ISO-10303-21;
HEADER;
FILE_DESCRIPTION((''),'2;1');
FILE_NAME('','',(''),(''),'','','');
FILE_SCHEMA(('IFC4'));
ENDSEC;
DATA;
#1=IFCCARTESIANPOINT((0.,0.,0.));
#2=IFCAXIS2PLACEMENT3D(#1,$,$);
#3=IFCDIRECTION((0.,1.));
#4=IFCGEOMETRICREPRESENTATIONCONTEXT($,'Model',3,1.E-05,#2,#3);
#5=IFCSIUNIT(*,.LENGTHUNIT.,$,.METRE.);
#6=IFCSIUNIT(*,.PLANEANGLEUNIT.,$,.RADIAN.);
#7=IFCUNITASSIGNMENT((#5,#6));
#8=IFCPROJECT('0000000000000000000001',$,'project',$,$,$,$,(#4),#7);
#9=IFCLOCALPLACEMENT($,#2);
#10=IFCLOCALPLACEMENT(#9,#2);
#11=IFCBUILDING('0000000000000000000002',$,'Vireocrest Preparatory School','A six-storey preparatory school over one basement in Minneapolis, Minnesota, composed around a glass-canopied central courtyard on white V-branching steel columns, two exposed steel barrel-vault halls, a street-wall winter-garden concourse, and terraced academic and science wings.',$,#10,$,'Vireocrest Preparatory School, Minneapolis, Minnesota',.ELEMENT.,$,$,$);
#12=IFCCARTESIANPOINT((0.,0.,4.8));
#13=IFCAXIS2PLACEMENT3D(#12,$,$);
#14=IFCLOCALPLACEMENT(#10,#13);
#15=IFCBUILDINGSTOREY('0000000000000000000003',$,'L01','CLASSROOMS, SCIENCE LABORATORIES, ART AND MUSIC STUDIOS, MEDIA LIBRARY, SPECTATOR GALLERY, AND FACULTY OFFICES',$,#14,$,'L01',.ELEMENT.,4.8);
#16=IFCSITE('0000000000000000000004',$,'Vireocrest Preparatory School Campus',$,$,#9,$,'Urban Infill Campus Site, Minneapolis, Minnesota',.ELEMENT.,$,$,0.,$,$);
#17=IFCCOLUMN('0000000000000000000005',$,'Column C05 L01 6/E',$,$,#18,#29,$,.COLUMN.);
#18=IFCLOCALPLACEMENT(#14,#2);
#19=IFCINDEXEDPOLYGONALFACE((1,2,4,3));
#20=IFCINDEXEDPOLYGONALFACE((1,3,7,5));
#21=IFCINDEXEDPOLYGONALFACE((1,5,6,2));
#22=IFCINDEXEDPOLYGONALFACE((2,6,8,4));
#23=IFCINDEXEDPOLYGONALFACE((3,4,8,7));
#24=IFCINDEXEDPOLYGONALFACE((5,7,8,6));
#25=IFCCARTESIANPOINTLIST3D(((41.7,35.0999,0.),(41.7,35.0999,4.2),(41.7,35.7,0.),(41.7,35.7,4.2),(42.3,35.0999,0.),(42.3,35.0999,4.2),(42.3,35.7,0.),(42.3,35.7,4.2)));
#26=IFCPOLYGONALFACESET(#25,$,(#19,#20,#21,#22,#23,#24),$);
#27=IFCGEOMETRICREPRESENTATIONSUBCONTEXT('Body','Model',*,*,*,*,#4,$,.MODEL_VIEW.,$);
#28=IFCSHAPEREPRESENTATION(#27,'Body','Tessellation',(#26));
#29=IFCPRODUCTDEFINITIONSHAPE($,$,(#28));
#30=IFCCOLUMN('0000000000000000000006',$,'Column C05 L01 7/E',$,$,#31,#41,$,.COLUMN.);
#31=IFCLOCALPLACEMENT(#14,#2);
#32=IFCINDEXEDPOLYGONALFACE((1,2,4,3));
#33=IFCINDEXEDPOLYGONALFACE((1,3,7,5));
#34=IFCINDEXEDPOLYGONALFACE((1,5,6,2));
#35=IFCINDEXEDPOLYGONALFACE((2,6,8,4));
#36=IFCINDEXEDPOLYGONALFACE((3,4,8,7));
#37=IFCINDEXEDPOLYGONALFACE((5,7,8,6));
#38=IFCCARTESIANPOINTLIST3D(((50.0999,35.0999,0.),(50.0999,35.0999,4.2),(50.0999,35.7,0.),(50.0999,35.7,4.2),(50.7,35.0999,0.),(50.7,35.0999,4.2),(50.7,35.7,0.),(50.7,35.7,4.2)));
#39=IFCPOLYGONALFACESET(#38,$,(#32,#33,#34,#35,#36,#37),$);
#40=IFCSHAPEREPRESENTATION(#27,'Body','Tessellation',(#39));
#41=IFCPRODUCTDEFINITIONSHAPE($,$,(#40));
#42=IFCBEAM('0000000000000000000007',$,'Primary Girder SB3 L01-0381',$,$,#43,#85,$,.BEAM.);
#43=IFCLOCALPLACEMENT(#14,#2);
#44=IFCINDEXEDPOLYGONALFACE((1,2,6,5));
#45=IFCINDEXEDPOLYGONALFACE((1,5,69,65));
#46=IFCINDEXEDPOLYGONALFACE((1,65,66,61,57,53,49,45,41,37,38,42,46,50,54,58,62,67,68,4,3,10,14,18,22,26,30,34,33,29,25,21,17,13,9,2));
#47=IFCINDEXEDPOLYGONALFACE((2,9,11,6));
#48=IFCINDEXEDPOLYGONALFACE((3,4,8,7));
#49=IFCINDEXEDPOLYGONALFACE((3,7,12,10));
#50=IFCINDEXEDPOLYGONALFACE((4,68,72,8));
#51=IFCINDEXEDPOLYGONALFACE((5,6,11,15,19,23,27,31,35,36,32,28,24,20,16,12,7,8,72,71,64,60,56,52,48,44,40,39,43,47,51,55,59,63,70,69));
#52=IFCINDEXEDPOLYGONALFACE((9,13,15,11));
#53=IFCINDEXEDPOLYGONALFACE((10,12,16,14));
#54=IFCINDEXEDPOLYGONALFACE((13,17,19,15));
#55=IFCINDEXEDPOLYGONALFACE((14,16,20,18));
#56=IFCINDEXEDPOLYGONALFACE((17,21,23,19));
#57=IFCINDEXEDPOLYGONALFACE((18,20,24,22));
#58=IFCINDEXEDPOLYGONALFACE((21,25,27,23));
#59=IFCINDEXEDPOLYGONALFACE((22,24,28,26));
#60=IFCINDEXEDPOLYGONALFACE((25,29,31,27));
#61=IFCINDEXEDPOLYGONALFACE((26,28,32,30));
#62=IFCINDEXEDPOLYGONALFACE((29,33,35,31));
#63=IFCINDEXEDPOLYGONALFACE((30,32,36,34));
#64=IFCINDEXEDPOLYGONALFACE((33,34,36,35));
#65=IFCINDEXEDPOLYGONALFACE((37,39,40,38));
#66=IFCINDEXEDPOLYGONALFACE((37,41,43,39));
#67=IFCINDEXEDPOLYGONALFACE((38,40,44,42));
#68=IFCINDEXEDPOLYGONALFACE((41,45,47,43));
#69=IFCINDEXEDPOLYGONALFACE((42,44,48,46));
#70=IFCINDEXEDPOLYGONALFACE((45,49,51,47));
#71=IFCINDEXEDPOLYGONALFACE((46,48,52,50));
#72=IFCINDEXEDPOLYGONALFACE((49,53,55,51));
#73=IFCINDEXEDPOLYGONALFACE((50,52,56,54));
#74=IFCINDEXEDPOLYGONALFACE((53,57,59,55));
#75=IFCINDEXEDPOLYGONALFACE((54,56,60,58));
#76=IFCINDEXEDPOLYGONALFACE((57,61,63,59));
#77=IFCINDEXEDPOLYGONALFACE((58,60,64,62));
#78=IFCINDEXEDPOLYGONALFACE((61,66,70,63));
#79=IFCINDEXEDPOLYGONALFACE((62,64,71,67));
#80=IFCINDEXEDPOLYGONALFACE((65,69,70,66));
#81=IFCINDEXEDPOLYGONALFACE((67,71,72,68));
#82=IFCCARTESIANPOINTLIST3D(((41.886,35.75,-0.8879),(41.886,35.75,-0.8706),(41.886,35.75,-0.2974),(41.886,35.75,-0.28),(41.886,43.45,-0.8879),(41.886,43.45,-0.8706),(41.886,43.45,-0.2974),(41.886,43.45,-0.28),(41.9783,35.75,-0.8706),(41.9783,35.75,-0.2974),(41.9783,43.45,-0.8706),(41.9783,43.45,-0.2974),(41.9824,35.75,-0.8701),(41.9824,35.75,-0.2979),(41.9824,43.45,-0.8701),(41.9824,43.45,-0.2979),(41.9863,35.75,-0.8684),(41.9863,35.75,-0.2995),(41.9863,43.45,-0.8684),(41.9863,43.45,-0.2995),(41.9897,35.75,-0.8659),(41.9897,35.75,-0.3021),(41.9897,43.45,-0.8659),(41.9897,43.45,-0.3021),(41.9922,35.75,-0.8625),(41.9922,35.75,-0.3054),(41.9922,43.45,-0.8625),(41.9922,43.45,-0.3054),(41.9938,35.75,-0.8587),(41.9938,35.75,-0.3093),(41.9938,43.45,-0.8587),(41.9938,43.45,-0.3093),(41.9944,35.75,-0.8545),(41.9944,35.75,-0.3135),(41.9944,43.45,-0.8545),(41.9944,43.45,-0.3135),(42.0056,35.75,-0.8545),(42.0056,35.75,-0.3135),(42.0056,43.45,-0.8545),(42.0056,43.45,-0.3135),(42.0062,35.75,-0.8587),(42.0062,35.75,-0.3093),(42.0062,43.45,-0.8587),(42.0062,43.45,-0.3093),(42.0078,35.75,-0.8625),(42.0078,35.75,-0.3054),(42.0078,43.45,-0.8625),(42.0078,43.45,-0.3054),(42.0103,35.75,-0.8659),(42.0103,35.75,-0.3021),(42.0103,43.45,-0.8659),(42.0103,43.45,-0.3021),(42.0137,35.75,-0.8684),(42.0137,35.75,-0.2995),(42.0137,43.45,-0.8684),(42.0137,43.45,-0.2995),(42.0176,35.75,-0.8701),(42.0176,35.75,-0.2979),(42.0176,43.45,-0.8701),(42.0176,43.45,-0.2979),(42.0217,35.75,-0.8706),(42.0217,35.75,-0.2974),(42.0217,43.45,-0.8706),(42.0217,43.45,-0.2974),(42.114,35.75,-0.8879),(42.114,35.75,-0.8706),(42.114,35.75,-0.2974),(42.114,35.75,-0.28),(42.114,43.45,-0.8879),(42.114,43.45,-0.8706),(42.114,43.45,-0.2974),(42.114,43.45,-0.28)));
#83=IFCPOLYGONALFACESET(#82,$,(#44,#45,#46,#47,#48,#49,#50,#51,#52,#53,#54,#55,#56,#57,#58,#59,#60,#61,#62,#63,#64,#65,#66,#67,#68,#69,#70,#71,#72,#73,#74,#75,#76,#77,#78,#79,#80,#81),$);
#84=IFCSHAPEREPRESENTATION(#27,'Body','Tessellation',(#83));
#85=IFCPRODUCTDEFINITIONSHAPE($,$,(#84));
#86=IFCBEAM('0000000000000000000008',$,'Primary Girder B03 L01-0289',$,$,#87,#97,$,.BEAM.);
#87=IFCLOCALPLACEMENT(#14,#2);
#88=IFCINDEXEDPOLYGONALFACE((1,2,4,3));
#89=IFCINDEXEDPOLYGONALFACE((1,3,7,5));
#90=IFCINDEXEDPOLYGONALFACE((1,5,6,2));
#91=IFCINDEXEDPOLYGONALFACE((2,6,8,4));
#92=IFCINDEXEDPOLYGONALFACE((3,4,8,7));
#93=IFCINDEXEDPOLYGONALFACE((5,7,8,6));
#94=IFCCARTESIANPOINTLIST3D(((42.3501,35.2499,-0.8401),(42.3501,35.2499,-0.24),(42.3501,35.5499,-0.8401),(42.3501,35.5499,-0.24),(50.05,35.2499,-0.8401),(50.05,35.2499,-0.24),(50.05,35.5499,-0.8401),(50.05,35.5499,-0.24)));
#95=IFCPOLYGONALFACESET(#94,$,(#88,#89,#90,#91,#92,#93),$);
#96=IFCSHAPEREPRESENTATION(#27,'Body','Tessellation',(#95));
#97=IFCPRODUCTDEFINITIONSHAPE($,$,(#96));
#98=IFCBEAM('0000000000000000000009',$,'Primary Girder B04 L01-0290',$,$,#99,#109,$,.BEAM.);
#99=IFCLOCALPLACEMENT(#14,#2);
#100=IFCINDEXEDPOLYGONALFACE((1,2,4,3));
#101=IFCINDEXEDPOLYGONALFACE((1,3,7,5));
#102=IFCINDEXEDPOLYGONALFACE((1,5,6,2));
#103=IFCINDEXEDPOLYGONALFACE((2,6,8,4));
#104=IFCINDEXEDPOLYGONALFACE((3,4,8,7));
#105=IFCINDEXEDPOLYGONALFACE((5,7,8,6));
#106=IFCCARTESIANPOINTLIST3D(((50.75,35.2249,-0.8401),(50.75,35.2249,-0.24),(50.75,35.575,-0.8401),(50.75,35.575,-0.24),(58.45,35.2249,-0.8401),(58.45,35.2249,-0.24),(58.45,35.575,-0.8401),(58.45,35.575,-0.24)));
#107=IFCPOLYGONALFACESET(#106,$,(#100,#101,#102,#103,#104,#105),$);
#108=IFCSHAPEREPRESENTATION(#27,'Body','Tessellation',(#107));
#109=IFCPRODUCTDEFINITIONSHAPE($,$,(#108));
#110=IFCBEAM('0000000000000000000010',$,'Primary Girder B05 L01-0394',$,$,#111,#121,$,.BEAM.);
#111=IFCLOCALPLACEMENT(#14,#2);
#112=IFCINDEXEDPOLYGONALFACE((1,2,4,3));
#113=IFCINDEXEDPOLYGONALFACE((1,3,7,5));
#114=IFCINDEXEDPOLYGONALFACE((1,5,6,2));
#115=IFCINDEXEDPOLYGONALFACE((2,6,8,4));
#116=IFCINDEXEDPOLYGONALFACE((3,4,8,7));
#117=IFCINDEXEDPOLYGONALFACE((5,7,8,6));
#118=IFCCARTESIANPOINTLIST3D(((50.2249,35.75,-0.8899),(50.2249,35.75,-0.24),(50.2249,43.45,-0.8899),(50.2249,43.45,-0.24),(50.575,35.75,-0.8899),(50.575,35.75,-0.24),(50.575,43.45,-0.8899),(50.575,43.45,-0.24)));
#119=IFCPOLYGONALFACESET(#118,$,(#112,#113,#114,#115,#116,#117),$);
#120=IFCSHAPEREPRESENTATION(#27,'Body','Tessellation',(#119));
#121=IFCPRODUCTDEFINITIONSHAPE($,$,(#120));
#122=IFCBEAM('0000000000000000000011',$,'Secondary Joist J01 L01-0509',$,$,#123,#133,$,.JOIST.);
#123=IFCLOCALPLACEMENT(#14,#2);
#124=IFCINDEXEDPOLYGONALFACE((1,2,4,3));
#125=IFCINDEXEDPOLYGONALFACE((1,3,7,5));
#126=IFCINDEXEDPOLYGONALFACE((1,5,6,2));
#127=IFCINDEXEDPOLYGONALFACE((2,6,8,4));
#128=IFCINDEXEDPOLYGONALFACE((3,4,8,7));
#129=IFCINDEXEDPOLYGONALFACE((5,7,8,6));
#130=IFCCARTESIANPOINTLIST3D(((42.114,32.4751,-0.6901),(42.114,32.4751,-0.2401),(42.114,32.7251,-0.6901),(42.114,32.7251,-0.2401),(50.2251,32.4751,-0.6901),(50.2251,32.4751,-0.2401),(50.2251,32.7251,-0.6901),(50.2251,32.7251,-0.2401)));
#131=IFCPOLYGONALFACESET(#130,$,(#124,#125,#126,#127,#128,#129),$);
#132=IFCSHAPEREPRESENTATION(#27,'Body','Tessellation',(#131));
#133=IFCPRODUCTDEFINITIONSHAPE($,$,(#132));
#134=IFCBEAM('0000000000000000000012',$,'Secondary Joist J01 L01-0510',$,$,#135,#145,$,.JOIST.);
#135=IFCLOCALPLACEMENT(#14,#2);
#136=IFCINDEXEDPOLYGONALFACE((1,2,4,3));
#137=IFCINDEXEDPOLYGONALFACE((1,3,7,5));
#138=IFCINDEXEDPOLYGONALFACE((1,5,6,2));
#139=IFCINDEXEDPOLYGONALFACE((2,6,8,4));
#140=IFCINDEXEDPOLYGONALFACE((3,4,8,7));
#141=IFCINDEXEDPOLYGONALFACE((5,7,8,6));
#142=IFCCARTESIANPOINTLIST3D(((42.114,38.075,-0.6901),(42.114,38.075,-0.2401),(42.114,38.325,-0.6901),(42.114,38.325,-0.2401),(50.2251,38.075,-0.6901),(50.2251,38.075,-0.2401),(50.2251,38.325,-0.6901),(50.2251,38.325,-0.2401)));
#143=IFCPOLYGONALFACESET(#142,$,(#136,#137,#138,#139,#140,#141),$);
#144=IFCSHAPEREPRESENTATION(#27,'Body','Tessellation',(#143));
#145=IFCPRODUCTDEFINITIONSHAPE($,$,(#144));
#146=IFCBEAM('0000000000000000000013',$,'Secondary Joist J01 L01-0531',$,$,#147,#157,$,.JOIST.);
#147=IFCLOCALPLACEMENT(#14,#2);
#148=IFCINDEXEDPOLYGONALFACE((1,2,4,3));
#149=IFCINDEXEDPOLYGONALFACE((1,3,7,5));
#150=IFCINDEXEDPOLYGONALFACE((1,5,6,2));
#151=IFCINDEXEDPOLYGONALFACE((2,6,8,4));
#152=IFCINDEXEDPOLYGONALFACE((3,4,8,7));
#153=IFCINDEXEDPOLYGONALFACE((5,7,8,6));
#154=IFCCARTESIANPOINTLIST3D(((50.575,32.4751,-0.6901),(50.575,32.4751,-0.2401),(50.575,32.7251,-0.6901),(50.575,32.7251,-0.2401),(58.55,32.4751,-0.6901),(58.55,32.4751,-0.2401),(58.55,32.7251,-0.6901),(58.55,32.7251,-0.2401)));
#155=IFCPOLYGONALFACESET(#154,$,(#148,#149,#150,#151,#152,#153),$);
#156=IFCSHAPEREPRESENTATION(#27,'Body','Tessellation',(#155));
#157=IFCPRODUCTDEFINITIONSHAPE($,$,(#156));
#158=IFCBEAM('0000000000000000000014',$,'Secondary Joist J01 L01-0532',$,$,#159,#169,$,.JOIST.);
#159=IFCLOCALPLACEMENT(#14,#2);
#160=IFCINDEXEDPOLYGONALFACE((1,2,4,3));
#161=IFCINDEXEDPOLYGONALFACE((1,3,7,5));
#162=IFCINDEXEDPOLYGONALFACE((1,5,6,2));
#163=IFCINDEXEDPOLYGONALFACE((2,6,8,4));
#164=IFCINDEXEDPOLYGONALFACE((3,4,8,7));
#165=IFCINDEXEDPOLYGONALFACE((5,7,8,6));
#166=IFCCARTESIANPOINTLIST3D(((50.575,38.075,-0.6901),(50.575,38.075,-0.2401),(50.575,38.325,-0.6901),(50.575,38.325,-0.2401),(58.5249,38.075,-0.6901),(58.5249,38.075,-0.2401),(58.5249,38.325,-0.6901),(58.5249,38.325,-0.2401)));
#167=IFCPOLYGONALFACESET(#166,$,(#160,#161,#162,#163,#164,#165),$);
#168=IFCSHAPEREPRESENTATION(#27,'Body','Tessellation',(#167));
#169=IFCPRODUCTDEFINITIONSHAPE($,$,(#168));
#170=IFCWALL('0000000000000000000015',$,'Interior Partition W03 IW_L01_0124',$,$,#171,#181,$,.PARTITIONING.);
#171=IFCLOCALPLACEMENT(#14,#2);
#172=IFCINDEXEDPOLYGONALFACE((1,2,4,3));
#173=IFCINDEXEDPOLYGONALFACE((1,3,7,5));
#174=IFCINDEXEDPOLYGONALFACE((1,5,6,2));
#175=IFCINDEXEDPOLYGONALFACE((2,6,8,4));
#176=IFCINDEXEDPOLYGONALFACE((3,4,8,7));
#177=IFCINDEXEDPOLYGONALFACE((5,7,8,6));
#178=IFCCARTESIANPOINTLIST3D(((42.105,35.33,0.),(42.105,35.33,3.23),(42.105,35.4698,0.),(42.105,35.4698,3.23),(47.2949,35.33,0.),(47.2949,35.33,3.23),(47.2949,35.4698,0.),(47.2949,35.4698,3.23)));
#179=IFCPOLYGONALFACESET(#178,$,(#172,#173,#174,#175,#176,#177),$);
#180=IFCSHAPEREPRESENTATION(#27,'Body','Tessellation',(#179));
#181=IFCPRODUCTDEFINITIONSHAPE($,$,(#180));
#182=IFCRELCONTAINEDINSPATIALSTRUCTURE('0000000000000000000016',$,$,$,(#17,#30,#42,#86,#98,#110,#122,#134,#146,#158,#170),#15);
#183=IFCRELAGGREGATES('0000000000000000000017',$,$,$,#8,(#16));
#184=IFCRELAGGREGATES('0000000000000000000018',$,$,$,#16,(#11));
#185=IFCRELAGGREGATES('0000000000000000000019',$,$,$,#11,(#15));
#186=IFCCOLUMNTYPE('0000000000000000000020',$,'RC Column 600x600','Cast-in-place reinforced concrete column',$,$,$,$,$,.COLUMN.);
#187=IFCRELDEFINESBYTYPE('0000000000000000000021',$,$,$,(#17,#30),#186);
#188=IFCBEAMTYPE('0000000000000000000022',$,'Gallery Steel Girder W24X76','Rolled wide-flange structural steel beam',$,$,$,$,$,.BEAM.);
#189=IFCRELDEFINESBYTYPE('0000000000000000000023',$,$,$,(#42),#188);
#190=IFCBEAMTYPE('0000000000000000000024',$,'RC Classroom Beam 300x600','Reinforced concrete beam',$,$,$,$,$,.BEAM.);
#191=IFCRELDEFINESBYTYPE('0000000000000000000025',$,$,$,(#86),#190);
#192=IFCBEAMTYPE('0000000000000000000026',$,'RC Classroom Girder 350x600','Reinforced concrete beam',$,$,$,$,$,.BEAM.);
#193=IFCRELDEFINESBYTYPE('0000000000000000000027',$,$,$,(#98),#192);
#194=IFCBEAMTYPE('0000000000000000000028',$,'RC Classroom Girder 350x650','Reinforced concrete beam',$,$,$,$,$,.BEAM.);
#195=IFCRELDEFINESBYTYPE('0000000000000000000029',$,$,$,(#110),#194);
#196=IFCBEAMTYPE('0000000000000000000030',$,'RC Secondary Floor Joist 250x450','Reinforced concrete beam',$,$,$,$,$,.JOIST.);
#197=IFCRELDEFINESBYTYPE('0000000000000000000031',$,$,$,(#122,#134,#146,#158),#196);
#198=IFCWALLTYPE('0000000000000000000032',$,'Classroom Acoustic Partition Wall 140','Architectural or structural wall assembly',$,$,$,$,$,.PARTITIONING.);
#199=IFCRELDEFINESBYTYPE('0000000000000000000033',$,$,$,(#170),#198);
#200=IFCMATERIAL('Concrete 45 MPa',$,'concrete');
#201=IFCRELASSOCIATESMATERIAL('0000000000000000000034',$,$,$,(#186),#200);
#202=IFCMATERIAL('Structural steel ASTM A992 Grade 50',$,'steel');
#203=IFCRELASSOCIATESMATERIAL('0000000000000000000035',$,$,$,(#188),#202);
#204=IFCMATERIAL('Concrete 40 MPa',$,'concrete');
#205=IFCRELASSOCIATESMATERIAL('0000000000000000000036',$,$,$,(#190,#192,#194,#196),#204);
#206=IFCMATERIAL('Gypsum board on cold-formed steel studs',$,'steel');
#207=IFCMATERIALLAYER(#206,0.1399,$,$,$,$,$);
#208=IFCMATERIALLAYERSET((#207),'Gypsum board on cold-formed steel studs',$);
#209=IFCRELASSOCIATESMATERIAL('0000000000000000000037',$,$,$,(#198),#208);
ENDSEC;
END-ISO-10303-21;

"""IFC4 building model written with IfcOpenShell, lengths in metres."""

from ifc_helpers import new_model, si_unit, direction, frame, frame_2d, origin, origin_2d, place, context, subcontext, project, spatial, rectangle, i_section, extrude, material, layer, layer_set, material_profile, profile_set, type_object, element, save


model = new_model("IFC4")

# Units and contexts
model_context = context("Model", 3, precision=1e-05, world=origin(), true_north=direction((0.0, 1.0)))
body_context = subcontext(model_context, "Body", "Model", "MODEL_VIEW")
ifc_project = project(units=[si_unit("LENGTHUNIT", "METRE"), si_unit("PLANEANGLEUNIT", "RADIAN")], contexts=[model_context])

# Site, building, storey
site_placement = place(None, origin())
site = spatial("IfcSite", under=ifc_project, at=site_placement, Name="Vireocrest Preparatory School Campus", LongName="Urban Infill Campus Site, Minneapolis, Minnesota", CompositionType="ELEMENT", RefElevation=0.0)
building_placement = place(site_placement, origin())
building = spatial("IfcBuilding", under=site, at=building_placement, Name="Vireocrest Preparatory School", Description="A six-storey preparatory school over one basement in Minneapolis, Minnesota, composed around a glass-canopied central courtyard on white V-branching steel columns, two exposed steel barrel-vault halls, a street-wall winter-garden concourse, and terraced academic and science wings.", LongName="Vireocrest Preparatory School, Minneapolis, Minnesota", CompositionType="ELEMENT")
storey_placement = place(building_placement, frame((0.0, 0.0, 4.8)))
storey = spatial("IfcBuildingStorey", under=building, at=storey_placement, Name="L01", Description="CLASSROOMS, SCIENCE LABORATORIES, ART AND MUSIC STUDIOS, MEDIA LIBRARY, SPECTATOR GALLERY, AND FACULTY OFFICES", LongName="L01", CompositionType="ELEMENT", Elevation=4.8)

# Columns
ifc_material_1 = material(Name="Concrete 45 MPa", Category="concrete")
ifc_material_profile_1 = material_profile(ifc_material_1, rectangle(XDim=0.6001, YDim=0.6001, at=origin_2d()), Name="RC 600x600")
ifc_profile_set_1 = profile_set([ifc_material_profile_1], Name="Concrete 45 MPa")
column_type = type_object("IfcColumnType", Name="RC Column 600x600", Description="Cast-in-place reinforced concrete column", PredefinedType="COLUMN", material=ifc_profile_set_1)
for number, where, z_axis, x_axis, name in (
    (1, (42.0, 35.3999, 0.0), (0.0, 0.0, 1.0), (1.0, 0.0, 0.0), "Column C05 L01 6/E"),
    (2, (50.3999, 35.3999, 0.0), (0.0, 0.0, 1.0), (1.0, 0.0, 0.0), "Column C05 L01 7/E"),
):
    element("IfcColumn", number, at=place(storey_placement, frame(where, z_axis=z_axis, x_axis=x_axis)), inside=storey, type_object=column_type, Name=name, PredefinedType="COLUMN", context=body_context, shape_type="SweptSolid", body=[
        extrude(rectangle(XDim=0.6001, YDim=0.6001, at=origin_2d()), origin(), (0.0, 0.0, 1.0), 4.2),
    ])

# Beams
ifc_material_2 = material(Name="Structural steel ASTM A992 Grade 50", Category="steel")
ifc_material_profile_2 = material_profile(ifc_material_2, i_section(OverallWidth=0.228, OverallDepth=0.6079, WebThickness=0.0112, FlangeThickness=0.0173, FilletRadius=0.0161, at=origin_2d()), Name="W24X76")
ifc_profile_set_2 = profile_set([ifc_material_profile_2], Name="Structural steel ASTM A992 Grade 50")
beam_type_1 = type_object("IfcBeamType", Name="Gallery Steel Girder W24X76", Description="Rolled wide-flange structural steel beam", PredefinedType="BEAM", material=ifc_profile_set_2)
beam_1_placement = place(storey_placement, frame((42.0, 35.75, -0.584), z_axis=(0.0, 1.0, 0.0), x_axis=(-1.0, 0.0, 0.0)))
element("IfcBeam", 3, at=beam_1_placement, inside=storey, type_object=beam_type_1, Name="Primary Girder SB3 L01-0381", PredefinedType="BEAM", context=body_context, shape_type="SweptSolid", body=[
    extrude(i_section(OverallWidth=0.228, OverallDepth=0.6079, WebThickness=0.0112, FlangeThickness=0.0173, FilletRadius=0.0161, at=origin_2d()), origin(), (0.0, 0.0, 1.0), 7.7),
])
ifc_material_3 = material(Name="Concrete 40 MPa", Category="concrete")
ifc_material_profile_3 = material_profile(ifc_material_3, rectangle(XDim=0.3, YDim=0.6001, at=origin_2d()), Name="RC 300x600")
ifc_profile_set_3 = profile_set([ifc_material_profile_3], Name="Concrete 40 MPa")
beam_type_2 = type_object("IfcBeamType", Name="RC Classroom Beam 300x600", Description="Reinforced concrete beam", PredefinedType="BEAM", material=ifc_profile_set_3)
beam_2_placement = place(storey_placement, frame((42.3501, 35.3999, -0.54), z_axis=(1.0, 0.0, 0.0), x_axis=(0.0, 1.0, 0.0)))
element("IfcBeam", 4, at=beam_2_placement, inside=storey, type_object=beam_type_2, Name="Primary Girder B03 L01-0289", PredefinedType="BEAM", context=body_context, shape_type="SweptSolid", body=[
    extrude(rectangle(XDim=0.3, YDim=0.6001, at=origin_2d()), origin(), (0.0, 0.0, 1.0), 7.7),
])
ifc_material_profile_4 = material_profile(ifc_material_3, rectangle(XDim=0.3501, YDim=0.6001, at=origin_2d()), Name="RC 350x600")
ifc_profile_set_4 = profile_set([ifc_material_profile_4], Name="Concrete 40 MPa")
beam_type_3 = type_object("IfcBeamType", Name="RC Classroom Girder 350x600", Description="Reinforced concrete beam", PredefinedType="BEAM", material=ifc_profile_set_4)
beam_3_placement = place(storey_placement, frame((50.75, 35.3999, -0.54), z_axis=(1.0, 0.0, 0.0), x_axis=(0.0, 1.0, 0.0)))
element("IfcBeam", 5, at=beam_3_placement, inside=storey, type_object=beam_type_3, Name="Primary Girder B04 L01-0290", PredefinedType="BEAM", context=body_context, shape_type="SweptSolid", body=[
    extrude(rectangle(XDim=0.3501, YDim=0.6001, at=origin_2d()), origin(), (0.0, 0.0, 1.0), 7.7),
])
ifc_material_profile_5 = material_profile(ifc_material_3, rectangle(XDim=0.3501, YDim=0.6499, at=origin_2d()), Name="RC 350x650")
ifc_profile_set_5 = profile_set([ifc_material_profile_5], Name="Concrete 40 MPa")
beam_type_4 = type_object("IfcBeamType", Name="RC Classroom Girder 350x650", Description="Reinforced concrete beam", PredefinedType="BEAM", material=ifc_profile_set_5)
beam_4_placement = place(storey_placement, frame((50.3999, 35.75, -0.5649), z_axis=(0.0, 1.0, 0.0), x_axis=(-1.0, 0.0, 0.0)))
element("IfcBeam", 6, at=beam_4_placement, inside=storey, type_object=beam_type_4, Name="Primary Girder B05 L01-0394", PredefinedType="BEAM", context=body_context, shape_type="SweptSolid", body=[
    extrude(rectangle(XDim=0.3501, YDim=0.6499, at=origin_2d()), origin(), (0.0, 0.0, 1.0), 7.7),
])
ifc_material_profile_6 = material_profile(ifc_material_3, rectangle(XDim=0.25, YDim=0.45, at=origin_2d()), Name="RC 250x450")
ifc_profile_set_6 = profile_set([ifc_material_profile_6], Name="Concrete 40 MPa")
beam_type_5 = type_object("IfcBeamType", Name="RC Secondary Floor Joist 250x450", Description="Reinforced concrete beam", PredefinedType="JOIST", material=ifc_profile_set_6)
for number, where, z_axis, x_axis, name in (
    (7, (42.114, 32.6001, -0.4651), (1.0, 0.0, 0.0), (0.0, 1.0, 0.0), "Secondary Joist J01 L01-0509"),
    (8, (42.114, 38.2, -0.4651), (1.0, 0.0, 0.0), (0.0, 1.0, 0.0), "Secondary Joist J01 L01-0510"),
):
    element("IfcBeam", number, at=place(storey_placement, frame(where, z_axis=z_axis, x_axis=x_axis)), inside=storey, type_object=beam_type_5, Name=name, PredefinedType="JOIST", context=body_context, shape_type="SweptSolid", body=[
        extrude(rectangle(XDim=0.25, YDim=0.45, at=origin_2d()), origin(), (0.0, 0.0, 1.0), 8.1111),
    ])
beam_5_placement = place(storey_placement, frame((50.575, 32.6001, -0.4651), z_axis=(1.0, 0.0, 0.0), x_axis=(0.0, 1.0, 0.0)))
element("IfcBeam", 9, at=beam_5_placement, inside=storey, type_object=beam_type_5, Name="Secondary Joist J01 L01-0531", PredefinedType="JOIST", context=body_context, shape_type="SweptSolid", body=[
    extrude(rectangle(XDim=0.25, YDim=0.45, at=origin_2d()), origin(), (0.0, 0.0, 1.0), 7.9751),
])
beam_6_placement = place(storey_placement, frame((50.575, 38.2, -0.4651), z_axis=(1.0, 0.0, 0.0), x_axis=(0.0, 1.0, 0.0)))
element("IfcBeam", 10, at=beam_6_placement, inside=storey, type_object=beam_type_5, Name="Secondary Joist J01 L01-0532", PredefinedType="JOIST", context=body_context, shape_type="SweptSolid", body=[
    extrude(rectangle(XDim=0.25, YDim=0.45, at=origin_2d()), origin(), (0.0, 0.0, 1.0), 7.95),
])

# Wall
ifc_material_4 = material(Name="Gypsum board on cold-formed steel studs", Category="steel")
ifc_layer_1 = layer(ifc_material_4, 0.1399)
ifc_layer_set_1 = layer_set([ifc_layer_1], Name="Gypsum board on cold-formed steel studs")
wall_type_1 = type_object("IfcWallType", Name="Classroom Acoustic Partition Wall 140", Description="Architectural or structural wall assembly", PredefinedType="PARTITIONING", material=ifc_layer_set_1)
wall_1_placement = place(storey_placement, frame((42.105, 35.3999, 0.0), z_axis=(0.0, 0.0, 1.0), x_axis=(1.0, 0.0, 0.0)))
element("IfcWall", 11, at=wall_1_placement, inside=storey, type_object=wall_type_1, Name="Interior Partition W03 IW_L01_0124", PredefinedType="PARTITIONING", context=body_context, shape_type="SweptSolid", body=[
    extrude(rectangle(XDim=5.1899, YDim=0.1399, at=frame_2d((2.595, 0.0))), origin(), (0.0, 0.0, 1.0), 3.23),
])

save(model, "model.ifc")
